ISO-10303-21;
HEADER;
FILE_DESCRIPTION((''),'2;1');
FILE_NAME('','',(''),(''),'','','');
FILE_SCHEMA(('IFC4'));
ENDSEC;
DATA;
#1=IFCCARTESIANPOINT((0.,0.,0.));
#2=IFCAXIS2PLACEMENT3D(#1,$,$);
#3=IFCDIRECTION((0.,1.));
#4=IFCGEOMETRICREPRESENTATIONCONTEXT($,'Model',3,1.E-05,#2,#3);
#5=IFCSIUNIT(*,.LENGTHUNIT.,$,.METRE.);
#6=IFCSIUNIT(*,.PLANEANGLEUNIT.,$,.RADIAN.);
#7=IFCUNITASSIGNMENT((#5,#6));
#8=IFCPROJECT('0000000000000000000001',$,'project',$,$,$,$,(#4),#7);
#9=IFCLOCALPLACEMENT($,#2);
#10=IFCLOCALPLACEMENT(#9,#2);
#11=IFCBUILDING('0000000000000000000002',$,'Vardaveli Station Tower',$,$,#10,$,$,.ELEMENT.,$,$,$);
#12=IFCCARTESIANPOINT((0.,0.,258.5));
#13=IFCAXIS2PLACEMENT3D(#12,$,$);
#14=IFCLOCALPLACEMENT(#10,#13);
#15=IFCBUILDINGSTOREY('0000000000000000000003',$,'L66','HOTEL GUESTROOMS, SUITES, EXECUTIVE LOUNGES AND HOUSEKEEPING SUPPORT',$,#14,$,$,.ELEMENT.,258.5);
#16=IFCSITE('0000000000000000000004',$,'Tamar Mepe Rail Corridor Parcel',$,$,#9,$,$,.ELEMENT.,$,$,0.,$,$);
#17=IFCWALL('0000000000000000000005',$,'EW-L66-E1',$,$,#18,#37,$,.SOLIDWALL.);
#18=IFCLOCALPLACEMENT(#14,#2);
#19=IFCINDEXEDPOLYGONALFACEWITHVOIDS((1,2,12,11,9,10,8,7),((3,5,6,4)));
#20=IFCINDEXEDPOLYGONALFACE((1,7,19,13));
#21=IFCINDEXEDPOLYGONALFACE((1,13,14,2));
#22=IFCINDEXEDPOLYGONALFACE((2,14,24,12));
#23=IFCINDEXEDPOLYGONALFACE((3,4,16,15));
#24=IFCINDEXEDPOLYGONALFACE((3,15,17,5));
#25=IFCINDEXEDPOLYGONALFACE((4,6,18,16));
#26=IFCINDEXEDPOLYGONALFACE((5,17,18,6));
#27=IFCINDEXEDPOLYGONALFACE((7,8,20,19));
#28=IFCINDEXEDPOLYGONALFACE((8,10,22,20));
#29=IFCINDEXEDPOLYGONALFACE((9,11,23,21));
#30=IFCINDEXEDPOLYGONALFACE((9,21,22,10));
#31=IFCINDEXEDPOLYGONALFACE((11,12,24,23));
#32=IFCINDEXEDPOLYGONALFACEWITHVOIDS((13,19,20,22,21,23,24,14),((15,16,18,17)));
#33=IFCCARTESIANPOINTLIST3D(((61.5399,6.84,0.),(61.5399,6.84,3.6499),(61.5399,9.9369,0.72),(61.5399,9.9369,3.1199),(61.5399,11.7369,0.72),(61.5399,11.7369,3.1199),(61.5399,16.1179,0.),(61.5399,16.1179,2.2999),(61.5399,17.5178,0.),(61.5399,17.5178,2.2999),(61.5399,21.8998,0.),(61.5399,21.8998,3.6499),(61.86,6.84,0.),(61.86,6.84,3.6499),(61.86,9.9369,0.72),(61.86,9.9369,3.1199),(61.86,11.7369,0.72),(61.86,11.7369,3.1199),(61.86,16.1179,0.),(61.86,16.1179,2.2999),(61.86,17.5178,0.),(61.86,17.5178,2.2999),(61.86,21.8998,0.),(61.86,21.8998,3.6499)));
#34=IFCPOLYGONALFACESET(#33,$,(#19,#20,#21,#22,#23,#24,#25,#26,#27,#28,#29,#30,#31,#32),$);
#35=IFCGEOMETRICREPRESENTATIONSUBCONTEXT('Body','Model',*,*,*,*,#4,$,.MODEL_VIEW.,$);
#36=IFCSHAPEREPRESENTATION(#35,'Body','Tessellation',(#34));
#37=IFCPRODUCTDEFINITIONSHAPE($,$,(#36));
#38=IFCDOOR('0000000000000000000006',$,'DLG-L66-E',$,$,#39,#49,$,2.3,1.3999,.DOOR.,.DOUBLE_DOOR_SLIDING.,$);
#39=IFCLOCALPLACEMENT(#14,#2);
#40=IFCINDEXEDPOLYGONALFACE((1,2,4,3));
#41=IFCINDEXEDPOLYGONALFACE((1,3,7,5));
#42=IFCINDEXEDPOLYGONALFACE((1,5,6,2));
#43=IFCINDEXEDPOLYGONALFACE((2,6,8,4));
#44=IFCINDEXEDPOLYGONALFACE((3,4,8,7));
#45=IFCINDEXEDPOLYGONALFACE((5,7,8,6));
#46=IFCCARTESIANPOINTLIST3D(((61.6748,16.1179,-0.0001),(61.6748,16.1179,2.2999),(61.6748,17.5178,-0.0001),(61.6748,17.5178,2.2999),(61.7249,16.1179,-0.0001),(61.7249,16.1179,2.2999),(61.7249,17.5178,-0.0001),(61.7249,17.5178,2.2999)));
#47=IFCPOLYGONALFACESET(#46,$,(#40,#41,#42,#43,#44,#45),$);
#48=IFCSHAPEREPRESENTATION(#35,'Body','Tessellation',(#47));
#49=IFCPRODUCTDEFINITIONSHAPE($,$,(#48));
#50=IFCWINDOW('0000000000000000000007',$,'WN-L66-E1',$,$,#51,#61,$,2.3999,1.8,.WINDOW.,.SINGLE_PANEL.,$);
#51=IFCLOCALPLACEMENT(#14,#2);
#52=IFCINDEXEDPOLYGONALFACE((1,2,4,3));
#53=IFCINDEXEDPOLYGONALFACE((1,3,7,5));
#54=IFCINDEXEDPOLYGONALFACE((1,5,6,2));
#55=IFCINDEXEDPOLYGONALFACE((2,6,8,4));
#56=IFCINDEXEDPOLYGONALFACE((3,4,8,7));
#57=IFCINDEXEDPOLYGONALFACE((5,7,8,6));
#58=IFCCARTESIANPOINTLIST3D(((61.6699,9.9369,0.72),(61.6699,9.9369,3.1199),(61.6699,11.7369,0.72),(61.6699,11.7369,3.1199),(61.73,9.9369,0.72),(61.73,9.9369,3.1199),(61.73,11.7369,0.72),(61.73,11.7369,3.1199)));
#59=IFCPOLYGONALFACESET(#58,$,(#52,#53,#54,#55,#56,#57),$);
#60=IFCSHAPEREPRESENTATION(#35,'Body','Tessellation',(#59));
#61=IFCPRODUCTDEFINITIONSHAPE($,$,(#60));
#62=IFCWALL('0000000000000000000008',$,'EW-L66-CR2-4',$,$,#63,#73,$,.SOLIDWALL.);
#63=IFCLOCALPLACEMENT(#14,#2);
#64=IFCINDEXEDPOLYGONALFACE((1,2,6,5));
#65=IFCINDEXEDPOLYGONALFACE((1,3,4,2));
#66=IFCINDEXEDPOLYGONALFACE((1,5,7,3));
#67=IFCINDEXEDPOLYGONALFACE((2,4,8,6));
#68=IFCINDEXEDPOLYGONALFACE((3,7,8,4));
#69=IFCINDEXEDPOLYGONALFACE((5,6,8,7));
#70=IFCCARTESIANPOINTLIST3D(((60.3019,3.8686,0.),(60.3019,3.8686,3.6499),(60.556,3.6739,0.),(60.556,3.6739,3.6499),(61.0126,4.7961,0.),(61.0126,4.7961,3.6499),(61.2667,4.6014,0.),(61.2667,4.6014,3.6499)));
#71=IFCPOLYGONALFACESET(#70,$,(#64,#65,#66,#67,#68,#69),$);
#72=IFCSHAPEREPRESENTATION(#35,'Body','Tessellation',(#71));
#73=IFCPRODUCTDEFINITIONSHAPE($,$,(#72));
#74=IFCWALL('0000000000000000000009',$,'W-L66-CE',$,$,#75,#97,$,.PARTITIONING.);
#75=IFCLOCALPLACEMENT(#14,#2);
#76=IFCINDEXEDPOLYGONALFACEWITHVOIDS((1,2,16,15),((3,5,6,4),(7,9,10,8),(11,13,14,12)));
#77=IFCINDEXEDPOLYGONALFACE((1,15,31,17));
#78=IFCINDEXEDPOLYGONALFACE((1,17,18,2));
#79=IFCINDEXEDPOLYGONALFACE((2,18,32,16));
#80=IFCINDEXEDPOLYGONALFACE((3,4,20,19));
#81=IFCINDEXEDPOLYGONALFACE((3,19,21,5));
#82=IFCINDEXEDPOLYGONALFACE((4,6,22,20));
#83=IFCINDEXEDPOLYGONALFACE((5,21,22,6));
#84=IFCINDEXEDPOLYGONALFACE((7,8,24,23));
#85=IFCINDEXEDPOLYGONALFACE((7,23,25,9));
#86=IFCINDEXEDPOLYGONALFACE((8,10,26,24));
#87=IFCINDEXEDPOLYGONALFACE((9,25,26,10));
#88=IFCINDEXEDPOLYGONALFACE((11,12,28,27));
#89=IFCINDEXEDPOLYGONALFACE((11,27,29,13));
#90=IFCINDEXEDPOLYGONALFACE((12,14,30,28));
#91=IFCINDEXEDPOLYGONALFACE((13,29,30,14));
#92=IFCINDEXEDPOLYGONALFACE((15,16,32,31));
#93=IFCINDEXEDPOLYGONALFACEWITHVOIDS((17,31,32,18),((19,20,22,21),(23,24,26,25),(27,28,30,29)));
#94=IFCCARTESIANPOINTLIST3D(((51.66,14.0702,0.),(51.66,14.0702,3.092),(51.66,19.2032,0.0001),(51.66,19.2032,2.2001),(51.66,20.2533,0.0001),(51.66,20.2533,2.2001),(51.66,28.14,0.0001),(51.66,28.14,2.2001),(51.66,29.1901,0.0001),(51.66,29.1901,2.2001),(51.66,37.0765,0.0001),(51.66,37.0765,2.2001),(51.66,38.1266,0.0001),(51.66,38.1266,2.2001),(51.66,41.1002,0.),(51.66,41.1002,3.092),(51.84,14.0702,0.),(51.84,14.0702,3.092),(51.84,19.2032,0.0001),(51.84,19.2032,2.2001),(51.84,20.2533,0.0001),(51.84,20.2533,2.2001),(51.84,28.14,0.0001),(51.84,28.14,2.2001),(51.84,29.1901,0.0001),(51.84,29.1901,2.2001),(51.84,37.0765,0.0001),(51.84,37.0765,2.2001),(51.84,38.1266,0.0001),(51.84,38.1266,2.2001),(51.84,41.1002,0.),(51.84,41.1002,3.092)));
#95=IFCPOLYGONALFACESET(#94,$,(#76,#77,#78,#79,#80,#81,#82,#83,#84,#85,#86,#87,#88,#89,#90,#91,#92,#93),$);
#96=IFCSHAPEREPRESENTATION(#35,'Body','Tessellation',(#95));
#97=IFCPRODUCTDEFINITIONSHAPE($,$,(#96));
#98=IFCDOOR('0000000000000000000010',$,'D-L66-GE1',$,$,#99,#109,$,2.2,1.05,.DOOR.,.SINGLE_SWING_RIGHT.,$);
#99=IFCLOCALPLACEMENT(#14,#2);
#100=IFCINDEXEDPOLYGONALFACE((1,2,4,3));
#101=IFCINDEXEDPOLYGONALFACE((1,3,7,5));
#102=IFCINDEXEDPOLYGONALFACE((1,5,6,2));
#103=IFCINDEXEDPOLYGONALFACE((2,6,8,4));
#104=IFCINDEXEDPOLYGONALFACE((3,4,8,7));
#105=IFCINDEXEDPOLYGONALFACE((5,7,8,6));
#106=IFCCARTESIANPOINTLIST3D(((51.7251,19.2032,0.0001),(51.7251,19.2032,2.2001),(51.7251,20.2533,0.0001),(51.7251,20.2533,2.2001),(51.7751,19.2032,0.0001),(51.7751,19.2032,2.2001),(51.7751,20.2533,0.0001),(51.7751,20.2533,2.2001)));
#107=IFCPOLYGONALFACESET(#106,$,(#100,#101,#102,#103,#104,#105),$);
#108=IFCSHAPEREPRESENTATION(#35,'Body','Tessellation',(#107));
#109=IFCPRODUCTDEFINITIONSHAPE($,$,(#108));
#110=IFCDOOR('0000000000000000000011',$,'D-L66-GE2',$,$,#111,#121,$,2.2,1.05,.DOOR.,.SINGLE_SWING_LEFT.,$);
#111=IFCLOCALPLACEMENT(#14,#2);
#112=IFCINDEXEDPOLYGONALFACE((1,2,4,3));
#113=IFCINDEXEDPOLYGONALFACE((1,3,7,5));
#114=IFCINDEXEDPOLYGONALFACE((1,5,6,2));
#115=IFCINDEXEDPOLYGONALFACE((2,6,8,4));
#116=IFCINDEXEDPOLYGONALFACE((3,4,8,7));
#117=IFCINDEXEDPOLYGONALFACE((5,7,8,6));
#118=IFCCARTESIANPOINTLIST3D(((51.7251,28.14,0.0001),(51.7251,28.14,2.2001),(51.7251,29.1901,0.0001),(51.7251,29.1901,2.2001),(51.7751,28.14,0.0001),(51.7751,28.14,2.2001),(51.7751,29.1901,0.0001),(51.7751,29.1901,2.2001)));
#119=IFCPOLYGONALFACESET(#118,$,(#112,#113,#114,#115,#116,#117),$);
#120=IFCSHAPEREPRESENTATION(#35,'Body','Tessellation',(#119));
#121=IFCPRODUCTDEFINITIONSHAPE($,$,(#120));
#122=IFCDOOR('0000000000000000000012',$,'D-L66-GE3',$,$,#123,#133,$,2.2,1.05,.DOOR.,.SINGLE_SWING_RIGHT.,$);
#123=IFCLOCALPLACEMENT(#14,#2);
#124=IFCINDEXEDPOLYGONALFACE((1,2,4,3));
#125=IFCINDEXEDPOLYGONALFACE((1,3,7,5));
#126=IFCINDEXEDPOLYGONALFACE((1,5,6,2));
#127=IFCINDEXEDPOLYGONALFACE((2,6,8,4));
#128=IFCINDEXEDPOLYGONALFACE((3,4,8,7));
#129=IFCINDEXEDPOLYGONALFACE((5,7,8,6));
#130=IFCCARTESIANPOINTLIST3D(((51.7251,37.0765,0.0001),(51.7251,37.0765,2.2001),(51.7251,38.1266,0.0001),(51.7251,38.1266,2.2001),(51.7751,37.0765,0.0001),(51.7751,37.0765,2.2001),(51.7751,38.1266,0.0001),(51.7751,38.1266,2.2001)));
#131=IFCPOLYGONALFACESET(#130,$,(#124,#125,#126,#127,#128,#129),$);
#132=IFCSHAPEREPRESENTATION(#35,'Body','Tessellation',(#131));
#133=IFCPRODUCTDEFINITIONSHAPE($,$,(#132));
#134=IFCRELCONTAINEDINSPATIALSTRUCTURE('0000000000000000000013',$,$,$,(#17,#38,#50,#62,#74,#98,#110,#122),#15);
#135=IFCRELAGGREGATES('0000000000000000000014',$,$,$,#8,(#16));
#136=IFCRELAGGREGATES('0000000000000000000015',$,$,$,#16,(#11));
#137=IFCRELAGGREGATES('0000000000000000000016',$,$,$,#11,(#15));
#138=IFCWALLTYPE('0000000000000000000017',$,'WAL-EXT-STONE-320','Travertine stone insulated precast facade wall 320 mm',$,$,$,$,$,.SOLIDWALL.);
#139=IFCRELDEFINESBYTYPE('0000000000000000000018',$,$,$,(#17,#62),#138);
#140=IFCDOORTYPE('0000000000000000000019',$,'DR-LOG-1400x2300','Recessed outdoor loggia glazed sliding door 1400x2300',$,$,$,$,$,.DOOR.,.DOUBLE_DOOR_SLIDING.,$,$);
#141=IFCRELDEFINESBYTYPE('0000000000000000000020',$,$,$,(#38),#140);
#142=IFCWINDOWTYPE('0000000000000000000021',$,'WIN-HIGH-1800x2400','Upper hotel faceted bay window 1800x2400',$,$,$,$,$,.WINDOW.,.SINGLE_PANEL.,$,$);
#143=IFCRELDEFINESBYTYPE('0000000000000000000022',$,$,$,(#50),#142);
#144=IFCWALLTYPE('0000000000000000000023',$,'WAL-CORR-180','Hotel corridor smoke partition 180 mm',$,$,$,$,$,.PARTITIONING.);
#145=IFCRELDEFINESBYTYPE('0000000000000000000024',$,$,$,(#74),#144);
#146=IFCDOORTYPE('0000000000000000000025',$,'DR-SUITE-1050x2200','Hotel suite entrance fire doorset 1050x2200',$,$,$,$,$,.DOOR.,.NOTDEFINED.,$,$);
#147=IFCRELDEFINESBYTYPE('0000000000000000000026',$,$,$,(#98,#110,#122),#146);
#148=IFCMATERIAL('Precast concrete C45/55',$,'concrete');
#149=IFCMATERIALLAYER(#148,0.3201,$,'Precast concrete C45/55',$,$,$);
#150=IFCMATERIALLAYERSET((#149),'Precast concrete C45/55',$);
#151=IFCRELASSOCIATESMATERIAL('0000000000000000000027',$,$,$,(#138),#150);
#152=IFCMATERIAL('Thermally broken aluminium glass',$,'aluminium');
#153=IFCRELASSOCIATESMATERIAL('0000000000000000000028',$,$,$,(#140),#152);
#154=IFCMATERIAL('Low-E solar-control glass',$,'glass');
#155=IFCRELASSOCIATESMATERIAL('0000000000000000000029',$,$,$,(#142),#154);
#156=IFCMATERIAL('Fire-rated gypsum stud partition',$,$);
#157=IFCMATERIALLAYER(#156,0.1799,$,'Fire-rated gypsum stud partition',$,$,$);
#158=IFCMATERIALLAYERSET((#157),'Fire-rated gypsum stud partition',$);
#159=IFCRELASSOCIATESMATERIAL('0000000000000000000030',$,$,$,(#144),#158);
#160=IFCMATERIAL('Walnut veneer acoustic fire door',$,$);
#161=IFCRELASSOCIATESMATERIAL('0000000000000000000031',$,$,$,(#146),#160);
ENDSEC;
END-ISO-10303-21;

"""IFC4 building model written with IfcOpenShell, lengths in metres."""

from ifc_helpers import new_model, si_unit, direction, frame, frame_2d, origin, place, context, subcontext, project, spatial, rectangle, extrude, source, transform, mapped, material, layer, layer_set, type_object, element, fill, save


model = new_model("IFC4")

# Units and contexts
model_context = context("Model", 3, precision=1e-05, world=origin(), true_north=direction((0.0, 1.0)))
body_context = subcontext(model_context, "Body", "Model", "MODEL_VIEW")
ifc_project = project(units=[si_unit("LENGTHUNIT", "METRE"), si_unit("PLANEANGLEUNIT", "RADIAN")], contexts=[model_context])

# Site, building, storey
site_placement = place(None, origin())
site = spatial("IfcSite", under=ifc_project, at=site_placement, Name="Tamar Mepe Rail Corridor Parcel", CompositionType="ELEMENT", RefElevation=0.0)
building_placement = place(site_placement, origin())
building = spatial("IfcBuilding", under=site, at=building_placement, Name="Vardaveli Station Tower", CompositionType="ELEMENT")
storey_placement = place(building_placement, frame((0.0, 0.0, 258.5)))
storey = spatial("IfcBuildingStorey", under=building, at=storey_placement, Name="L66", Description="HOTEL GUESTROOMS, SUITES, EXECUTIVE LOUNGES AND HOUSEKEEPING SUPPORT", CompositionType="ELEMENT", Elevation=258.5)

# Shared definitions
ifc_material_1 = material(Name="Precast concrete C45/55", Category="concrete")

# Shared definitions
ifc_layer_1 = layer(ifc_material_1, 0.3201, Name="Precast concrete C45/55")
ifc_layer_set_1 = layer_set([ifc_layer_1], Name="Precast concrete C45/55")
wall_type_1 = type_object("IfcWallType", Name="WAL-EXT-STONE-320", Description="Travertine stone insulated precast facade wall 320 mm", PredefinedType="SOLIDWALL", material=ifc_layer_set_1)

# Wall, openings, door, window
shared_shape_1 = source(origin(), body_context, "Body", "SweptSolid", [
    extrude(rectangle(XDim=15.0598, YDim=0.3201, at=frame_2d((7.5298, 0.0))), origin(), (0.0, 0.0, 1.0), 3.6499),
])
wall_1_placement = place(storey_placement, frame((61.7, 6.8401, 0.0), z_axis=(0.0, 0.0, 1.0), x_axis=(0.0, 1.0, 0.0)))
wall_1 = element("IfcWall", 1, at=wall_1_placement, inside=storey, type_object=wall_type_1, Name="EW-L66-E1", PredefinedType="SOLIDWALL", context=body_context, shape_type="MappedRepresentation", body=[
    mapped(shared_shape_1, transform((0.0, 0.0, 0.0), scale=1.0)),
])
shared_shape_2 = source(origin(), body_context, "Body", "SweptSolid", [
    extrude(rectangle(XDim=1.3999, YDim=2.3, at=frame_2d((0.7, 1.1499))), frame((0.0, 0.1699, 0.0), z_axis=(0.0, -1.0, 0.0), x_axis=(1.0, 0.0, 0.0)), (0.0, 0.0, 1.0), 0.3401),
])
opening_1_placement = place(wall_1_placement, frame((9.2778, 0.0, 0.0)))
opening_1 = element("IfcOpeningElement", 2, at=opening_1_placement, cuts=wall_1, PredefinedType="OPENING", context=body_context, shape_type="MappedRepresentation", body=[
    mapped(shared_shape_2, transform((0.0, 0.0, 0.0), scale=1.0)),
])
shared_shape_3 = source(origin(), body_context, "Body", "SweptSolid", [
    extrude(rectangle(XDim=1.8, YDim=2.3999, at=frame_2d((0.8999, 1.2))), frame((0.0, 0.1699, 0.0), z_axis=(0.0, -1.0, 0.0), x_axis=(1.0, 0.0, 0.0)), (0.0, 0.0, 1.0), 0.3401),
])
opening_2_placement = place(wall_1_placement, frame((3.0969, 0.0, 0.72)))
opening_2 = element("IfcOpeningElement", 3, at=opening_2_placement, cuts=wall_1, PredefinedType="OPENING", context=body_context, shape_type="MappedRepresentation", body=[
    mapped(shared_shape_3, transform((0.0, 0.0, 0.0), scale=1.0)),
])
ifc_material_2 = material(Name="Thermally broken aluminium glass", Category="aluminium")
door_type_1 = type_object("IfcDoorType", Name="DR-LOG-1400x2300", Description="Recessed outdoor loggia glazed sliding door 1400x2300", OperationType="DOUBLE_DOOR_SLIDING", PredefinedType="DOOR", material=ifc_material_2)
shared_shape_4 = source(origin(), body_context, "Body", "SweptSolid", [
    extrude(rectangle(XDim=1.3999, YDim=2.3, at=frame_2d((0.7, 1.1499))), frame((0.0, 0.0249, 0.0), z_axis=(0.0, -1.0, 0.0), x_axis=(1.0, 0.0, 0.0)), (0.0, 0.0, 1.0), 0.05),
])
door_1_placement = place(opening_1_placement, frame((1.3999, 0.0, 0.0), z_axis=(0.0, 0.0, 1.0), x_axis=(-1.0, 0.0, 0.0)))
door_1 = element("IfcDoor", 4, at=door_1_placement, inside=storey, type_object=door_type_1, Name="DLG-L66-E", OperationType="DOUBLE_DOOR_SLIDING", OverallHeight=2.3, OverallWidth=1.3999, PredefinedType="DOOR", context=body_context, shape_type="MappedRepresentation", body=[
    mapped(shared_shape_4, transform((0.0, 0.0, 0.0), scale=1.0)),
])
fill(opening_1, door_1)
ifc_material_3 = material(Name="Low-E solar-control glass", Category="glass")
window_type = type_object("IfcWindowType", Name="WIN-HIGH-1800x2400", Description="Upper hotel faceted bay window 1800x2400", PartitioningType="SINGLE_PANEL", PredefinedType="WINDOW", material=ifc_material_3)
shared_shape_5 = source(origin(), body_context, "Body", "SweptSolid", [
    extrude(rectangle(XDim=1.8, YDim=2.3999, at=frame_2d((0.8999, 1.2))), frame((0.0, 0.03, 0.0), z_axis=(0.0, -1.0, 0.0), x_axis=(1.0, 0.0, 0.0)), (0.0, 0.0, 1.0), 0.0601),
])
window_placement = place(opening_2_placement, origin())
window = element("IfcWindow", 5, at=window_placement, inside=storey, type_object=window_type, Name="WN-L66-E1", OverallHeight=2.3999, OverallWidth=1.8, PartitioningType="SINGLE_PANEL", PredefinedType="WINDOW", context=body_context, shape_type="MappedRepresentation", body=[
    mapped(shared_shape_5, transform((0.0, 0.0, 0.0), scale=1.0)),
])
fill(opening_2, window)

# Wall
shared_shape_6 = source(origin(), body_context, "Body", "SweptSolid", [
    extrude(rectangle(XDim=1.1685, YDim=0.3201, at=frame_2d((0.5842, 0.0))), origin(), (0.0, 0.0, 1.0), 3.6499),
])
wall_2_placement = place(storey_placement, frame((60.429, 3.7712, 0.0), z_axis=(0.0, 0.0, 1.0), x_axis=(0.608225, 0.793764, 0.0)))
element("IfcWall", 6, at=wall_2_placement, inside=storey, type_object=wall_type_1, Name="EW-L66-CR2-4", PredefinedType="SOLIDWALL", context=body_context, shape_type="MappedRepresentation", body=[
    mapped(shared_shape_6, transform((0.0, 0.0, 0.0), scale=1.0)),
])

# Wall, openings, doors
ifc_material_4 = material(Name="Fire-rated gypsum stud partition")
ifc_layer_2 = layer(ifc_material_4, 0.1799, Name="Fire-rated gypsum stud partition")
ifc_layer_set_2 = layer_set([ifc_layer_2], Name="Fire-rated gypsum stud partition")
wall_type_2 = type_object("IfcWallType", Name="WAL-CORR-180", Description="Hotel corridor smoke partition 180 mm", PredefinedType="PARTITIONING", material=ifc_layer_set_2)
shared_shape_7 = source(origin(), body_context, "Body", "SweptSolid", [
    extrude(rectangle(XDim=27.03, YDim=0.1799, at=frame_2d((13.5151, 0.0))), origin(), (0.0, 0.0, 1.0), 3.092),
])
wall_3_placement = place(storey_placement, frame((51.75, 14.0701, 0.0), z_axis=(0.0, 0.0, 1.0), x_axis=(0.0, 1.0, 0.0)))
wall_3 = element("IfcWall", 7, at=wall_3_placement, inside=storey, type_object=wall_type_2, Name="W-L66-CE", PredefinedType="PARTITIONING", context=body_context, shape_type="MappedRepresentation", body=[
    mapped(shared_shape_7, transform((0.0, 0.0, 0.0), scale=1.0)),
])
shared_shape_8 = source(origin(), body_context, "Body", "SweptSolid", [
    extrude(rectangle(XDim=1.05, YDim=2.2, at=frame_2d((0.5249, 1.1001))), frame((0.0, 0.1001, 0.0), z_axis=(0.0, -1.0, 0.0), x_axis=(1.0, 0.0, 0.0)), (0.0, 0.0, 1.0), 0.2),
])
opening_3_placement = place(wall_3_placement, frame((5.1333, 0.0, 0.0)))
opening_3 = element("IfcOpeningElement", 8, at=opening_3_placement, cuts=wall_3, PredefinedType="OPENING", context=body_context, shape_type="MappedRepresentation", body=[
    mapped(shared_shape_8, transform((0.0, 0.0, 0.0), scale=1.0)),
])
opening_4_placement = place(wall_3_placement, frame((14.0701, 0.0, 0.0)))
opening_4 = element("IfcOpeningElement", 9, at=opening_4_placement, cuts=wall_3, PredefinedType="OPENING", context=body_context, shape_type="MappedRepresentation", body=[
    mapped(shared_shape_8, transform((0.0, 0.0, 0.0), scale=1.0)),
])
opening_5_placement = place(wall_3_placement, frame((23.0066, 0.0, 0.0)))
opening_5 = element("IfcOpeningElement", 10, at=opening_5_placement, cuts=wall_3, PredefinedType="OPENING", context=body_context, shape_type="MappedRepresentation", body=[
    mapped(shared_shape_8, transform((0.0, 0.0, 0.0), scale=1.0)),
])
ifc_material_5 = material(Name="Walnut veneer acoustic fire door")
door_type_2 = type_object("IfcDoorType", Name="DR-SUITE-1050x2200", Description="Hotel suite entrance fire doorset 1050x2200", OperationType="NOTDEFINED", PredefinedType="DOOR", material=ifc_material_5)
shared_shape_9 = source(origin(), body_context, "Body", "SweptSolid", [
    extrude(rectangle(XDim=1.05, YDim=2.2, at=frame_2d((0.5249, 1.1001))), frame((0.0, 0.0249, 0.0), z_axis=(0.0, -1.0, 0.0), x_axis=(1.0, 0.0, 0.0)), (0.0, 0.0, 1.0), 0.05),
])
door_2_placement = place(opening_3_placement, origin())
door_2 = element("IfcDoor", 11, at=door_2_placement, inside=storey, type_object=door_type_2, Name="D-L66-GE1", OperationType="SINGLE_SWING_RIGHT", OverallHeight=2.2, OverallWidth=1.05, PredefinedType="DOOR", context=body_context, shape_type="MappedRepresentation", body=[
    mapped(shared_shape_9, transform((0.0, 0.0, 0.0), scale=1.0)),
])
fill(opening_3, door_2)
door_3_placement = place(opening_4_placement, origin())
door_3 = element("IfcDoor", 12, at=door_3_placement, inside=storey, type_object=door_type_2, Name="D-L66-GE2", OperationType="SINGLE_SWING_LEFT", OverallHeight=2.2, OverallWidth=1.05, PredefinedType="DOOR", context=body_context, shape_type="MappedRepresentation", body=[
    mapped(shared_shape_9, transform((0.0, 0.0, 0.0), scale=1.0)),
])
fill(opening_4, door_3)
door_4_placement = place(opening_5_placement, origin())
door_4 = element("IfcDoor", 13, at=door_4_placement, inside=storey, type_object=door_type_2, Name="D-L66-GE3", OperationType="SINGLE_SWING_RIGHT", OverallHeight=2.2, OverallWidth=1.05, PredefinedType="DOOR", context=body_context, shape_type="MappedRepresentation", body=[
    mapped(shared_shape_9, transform((0.0, 0.0, 0.0), scale=1.0)),
])
fill(opening_5, door_4)

save(model, "model.ifc")
